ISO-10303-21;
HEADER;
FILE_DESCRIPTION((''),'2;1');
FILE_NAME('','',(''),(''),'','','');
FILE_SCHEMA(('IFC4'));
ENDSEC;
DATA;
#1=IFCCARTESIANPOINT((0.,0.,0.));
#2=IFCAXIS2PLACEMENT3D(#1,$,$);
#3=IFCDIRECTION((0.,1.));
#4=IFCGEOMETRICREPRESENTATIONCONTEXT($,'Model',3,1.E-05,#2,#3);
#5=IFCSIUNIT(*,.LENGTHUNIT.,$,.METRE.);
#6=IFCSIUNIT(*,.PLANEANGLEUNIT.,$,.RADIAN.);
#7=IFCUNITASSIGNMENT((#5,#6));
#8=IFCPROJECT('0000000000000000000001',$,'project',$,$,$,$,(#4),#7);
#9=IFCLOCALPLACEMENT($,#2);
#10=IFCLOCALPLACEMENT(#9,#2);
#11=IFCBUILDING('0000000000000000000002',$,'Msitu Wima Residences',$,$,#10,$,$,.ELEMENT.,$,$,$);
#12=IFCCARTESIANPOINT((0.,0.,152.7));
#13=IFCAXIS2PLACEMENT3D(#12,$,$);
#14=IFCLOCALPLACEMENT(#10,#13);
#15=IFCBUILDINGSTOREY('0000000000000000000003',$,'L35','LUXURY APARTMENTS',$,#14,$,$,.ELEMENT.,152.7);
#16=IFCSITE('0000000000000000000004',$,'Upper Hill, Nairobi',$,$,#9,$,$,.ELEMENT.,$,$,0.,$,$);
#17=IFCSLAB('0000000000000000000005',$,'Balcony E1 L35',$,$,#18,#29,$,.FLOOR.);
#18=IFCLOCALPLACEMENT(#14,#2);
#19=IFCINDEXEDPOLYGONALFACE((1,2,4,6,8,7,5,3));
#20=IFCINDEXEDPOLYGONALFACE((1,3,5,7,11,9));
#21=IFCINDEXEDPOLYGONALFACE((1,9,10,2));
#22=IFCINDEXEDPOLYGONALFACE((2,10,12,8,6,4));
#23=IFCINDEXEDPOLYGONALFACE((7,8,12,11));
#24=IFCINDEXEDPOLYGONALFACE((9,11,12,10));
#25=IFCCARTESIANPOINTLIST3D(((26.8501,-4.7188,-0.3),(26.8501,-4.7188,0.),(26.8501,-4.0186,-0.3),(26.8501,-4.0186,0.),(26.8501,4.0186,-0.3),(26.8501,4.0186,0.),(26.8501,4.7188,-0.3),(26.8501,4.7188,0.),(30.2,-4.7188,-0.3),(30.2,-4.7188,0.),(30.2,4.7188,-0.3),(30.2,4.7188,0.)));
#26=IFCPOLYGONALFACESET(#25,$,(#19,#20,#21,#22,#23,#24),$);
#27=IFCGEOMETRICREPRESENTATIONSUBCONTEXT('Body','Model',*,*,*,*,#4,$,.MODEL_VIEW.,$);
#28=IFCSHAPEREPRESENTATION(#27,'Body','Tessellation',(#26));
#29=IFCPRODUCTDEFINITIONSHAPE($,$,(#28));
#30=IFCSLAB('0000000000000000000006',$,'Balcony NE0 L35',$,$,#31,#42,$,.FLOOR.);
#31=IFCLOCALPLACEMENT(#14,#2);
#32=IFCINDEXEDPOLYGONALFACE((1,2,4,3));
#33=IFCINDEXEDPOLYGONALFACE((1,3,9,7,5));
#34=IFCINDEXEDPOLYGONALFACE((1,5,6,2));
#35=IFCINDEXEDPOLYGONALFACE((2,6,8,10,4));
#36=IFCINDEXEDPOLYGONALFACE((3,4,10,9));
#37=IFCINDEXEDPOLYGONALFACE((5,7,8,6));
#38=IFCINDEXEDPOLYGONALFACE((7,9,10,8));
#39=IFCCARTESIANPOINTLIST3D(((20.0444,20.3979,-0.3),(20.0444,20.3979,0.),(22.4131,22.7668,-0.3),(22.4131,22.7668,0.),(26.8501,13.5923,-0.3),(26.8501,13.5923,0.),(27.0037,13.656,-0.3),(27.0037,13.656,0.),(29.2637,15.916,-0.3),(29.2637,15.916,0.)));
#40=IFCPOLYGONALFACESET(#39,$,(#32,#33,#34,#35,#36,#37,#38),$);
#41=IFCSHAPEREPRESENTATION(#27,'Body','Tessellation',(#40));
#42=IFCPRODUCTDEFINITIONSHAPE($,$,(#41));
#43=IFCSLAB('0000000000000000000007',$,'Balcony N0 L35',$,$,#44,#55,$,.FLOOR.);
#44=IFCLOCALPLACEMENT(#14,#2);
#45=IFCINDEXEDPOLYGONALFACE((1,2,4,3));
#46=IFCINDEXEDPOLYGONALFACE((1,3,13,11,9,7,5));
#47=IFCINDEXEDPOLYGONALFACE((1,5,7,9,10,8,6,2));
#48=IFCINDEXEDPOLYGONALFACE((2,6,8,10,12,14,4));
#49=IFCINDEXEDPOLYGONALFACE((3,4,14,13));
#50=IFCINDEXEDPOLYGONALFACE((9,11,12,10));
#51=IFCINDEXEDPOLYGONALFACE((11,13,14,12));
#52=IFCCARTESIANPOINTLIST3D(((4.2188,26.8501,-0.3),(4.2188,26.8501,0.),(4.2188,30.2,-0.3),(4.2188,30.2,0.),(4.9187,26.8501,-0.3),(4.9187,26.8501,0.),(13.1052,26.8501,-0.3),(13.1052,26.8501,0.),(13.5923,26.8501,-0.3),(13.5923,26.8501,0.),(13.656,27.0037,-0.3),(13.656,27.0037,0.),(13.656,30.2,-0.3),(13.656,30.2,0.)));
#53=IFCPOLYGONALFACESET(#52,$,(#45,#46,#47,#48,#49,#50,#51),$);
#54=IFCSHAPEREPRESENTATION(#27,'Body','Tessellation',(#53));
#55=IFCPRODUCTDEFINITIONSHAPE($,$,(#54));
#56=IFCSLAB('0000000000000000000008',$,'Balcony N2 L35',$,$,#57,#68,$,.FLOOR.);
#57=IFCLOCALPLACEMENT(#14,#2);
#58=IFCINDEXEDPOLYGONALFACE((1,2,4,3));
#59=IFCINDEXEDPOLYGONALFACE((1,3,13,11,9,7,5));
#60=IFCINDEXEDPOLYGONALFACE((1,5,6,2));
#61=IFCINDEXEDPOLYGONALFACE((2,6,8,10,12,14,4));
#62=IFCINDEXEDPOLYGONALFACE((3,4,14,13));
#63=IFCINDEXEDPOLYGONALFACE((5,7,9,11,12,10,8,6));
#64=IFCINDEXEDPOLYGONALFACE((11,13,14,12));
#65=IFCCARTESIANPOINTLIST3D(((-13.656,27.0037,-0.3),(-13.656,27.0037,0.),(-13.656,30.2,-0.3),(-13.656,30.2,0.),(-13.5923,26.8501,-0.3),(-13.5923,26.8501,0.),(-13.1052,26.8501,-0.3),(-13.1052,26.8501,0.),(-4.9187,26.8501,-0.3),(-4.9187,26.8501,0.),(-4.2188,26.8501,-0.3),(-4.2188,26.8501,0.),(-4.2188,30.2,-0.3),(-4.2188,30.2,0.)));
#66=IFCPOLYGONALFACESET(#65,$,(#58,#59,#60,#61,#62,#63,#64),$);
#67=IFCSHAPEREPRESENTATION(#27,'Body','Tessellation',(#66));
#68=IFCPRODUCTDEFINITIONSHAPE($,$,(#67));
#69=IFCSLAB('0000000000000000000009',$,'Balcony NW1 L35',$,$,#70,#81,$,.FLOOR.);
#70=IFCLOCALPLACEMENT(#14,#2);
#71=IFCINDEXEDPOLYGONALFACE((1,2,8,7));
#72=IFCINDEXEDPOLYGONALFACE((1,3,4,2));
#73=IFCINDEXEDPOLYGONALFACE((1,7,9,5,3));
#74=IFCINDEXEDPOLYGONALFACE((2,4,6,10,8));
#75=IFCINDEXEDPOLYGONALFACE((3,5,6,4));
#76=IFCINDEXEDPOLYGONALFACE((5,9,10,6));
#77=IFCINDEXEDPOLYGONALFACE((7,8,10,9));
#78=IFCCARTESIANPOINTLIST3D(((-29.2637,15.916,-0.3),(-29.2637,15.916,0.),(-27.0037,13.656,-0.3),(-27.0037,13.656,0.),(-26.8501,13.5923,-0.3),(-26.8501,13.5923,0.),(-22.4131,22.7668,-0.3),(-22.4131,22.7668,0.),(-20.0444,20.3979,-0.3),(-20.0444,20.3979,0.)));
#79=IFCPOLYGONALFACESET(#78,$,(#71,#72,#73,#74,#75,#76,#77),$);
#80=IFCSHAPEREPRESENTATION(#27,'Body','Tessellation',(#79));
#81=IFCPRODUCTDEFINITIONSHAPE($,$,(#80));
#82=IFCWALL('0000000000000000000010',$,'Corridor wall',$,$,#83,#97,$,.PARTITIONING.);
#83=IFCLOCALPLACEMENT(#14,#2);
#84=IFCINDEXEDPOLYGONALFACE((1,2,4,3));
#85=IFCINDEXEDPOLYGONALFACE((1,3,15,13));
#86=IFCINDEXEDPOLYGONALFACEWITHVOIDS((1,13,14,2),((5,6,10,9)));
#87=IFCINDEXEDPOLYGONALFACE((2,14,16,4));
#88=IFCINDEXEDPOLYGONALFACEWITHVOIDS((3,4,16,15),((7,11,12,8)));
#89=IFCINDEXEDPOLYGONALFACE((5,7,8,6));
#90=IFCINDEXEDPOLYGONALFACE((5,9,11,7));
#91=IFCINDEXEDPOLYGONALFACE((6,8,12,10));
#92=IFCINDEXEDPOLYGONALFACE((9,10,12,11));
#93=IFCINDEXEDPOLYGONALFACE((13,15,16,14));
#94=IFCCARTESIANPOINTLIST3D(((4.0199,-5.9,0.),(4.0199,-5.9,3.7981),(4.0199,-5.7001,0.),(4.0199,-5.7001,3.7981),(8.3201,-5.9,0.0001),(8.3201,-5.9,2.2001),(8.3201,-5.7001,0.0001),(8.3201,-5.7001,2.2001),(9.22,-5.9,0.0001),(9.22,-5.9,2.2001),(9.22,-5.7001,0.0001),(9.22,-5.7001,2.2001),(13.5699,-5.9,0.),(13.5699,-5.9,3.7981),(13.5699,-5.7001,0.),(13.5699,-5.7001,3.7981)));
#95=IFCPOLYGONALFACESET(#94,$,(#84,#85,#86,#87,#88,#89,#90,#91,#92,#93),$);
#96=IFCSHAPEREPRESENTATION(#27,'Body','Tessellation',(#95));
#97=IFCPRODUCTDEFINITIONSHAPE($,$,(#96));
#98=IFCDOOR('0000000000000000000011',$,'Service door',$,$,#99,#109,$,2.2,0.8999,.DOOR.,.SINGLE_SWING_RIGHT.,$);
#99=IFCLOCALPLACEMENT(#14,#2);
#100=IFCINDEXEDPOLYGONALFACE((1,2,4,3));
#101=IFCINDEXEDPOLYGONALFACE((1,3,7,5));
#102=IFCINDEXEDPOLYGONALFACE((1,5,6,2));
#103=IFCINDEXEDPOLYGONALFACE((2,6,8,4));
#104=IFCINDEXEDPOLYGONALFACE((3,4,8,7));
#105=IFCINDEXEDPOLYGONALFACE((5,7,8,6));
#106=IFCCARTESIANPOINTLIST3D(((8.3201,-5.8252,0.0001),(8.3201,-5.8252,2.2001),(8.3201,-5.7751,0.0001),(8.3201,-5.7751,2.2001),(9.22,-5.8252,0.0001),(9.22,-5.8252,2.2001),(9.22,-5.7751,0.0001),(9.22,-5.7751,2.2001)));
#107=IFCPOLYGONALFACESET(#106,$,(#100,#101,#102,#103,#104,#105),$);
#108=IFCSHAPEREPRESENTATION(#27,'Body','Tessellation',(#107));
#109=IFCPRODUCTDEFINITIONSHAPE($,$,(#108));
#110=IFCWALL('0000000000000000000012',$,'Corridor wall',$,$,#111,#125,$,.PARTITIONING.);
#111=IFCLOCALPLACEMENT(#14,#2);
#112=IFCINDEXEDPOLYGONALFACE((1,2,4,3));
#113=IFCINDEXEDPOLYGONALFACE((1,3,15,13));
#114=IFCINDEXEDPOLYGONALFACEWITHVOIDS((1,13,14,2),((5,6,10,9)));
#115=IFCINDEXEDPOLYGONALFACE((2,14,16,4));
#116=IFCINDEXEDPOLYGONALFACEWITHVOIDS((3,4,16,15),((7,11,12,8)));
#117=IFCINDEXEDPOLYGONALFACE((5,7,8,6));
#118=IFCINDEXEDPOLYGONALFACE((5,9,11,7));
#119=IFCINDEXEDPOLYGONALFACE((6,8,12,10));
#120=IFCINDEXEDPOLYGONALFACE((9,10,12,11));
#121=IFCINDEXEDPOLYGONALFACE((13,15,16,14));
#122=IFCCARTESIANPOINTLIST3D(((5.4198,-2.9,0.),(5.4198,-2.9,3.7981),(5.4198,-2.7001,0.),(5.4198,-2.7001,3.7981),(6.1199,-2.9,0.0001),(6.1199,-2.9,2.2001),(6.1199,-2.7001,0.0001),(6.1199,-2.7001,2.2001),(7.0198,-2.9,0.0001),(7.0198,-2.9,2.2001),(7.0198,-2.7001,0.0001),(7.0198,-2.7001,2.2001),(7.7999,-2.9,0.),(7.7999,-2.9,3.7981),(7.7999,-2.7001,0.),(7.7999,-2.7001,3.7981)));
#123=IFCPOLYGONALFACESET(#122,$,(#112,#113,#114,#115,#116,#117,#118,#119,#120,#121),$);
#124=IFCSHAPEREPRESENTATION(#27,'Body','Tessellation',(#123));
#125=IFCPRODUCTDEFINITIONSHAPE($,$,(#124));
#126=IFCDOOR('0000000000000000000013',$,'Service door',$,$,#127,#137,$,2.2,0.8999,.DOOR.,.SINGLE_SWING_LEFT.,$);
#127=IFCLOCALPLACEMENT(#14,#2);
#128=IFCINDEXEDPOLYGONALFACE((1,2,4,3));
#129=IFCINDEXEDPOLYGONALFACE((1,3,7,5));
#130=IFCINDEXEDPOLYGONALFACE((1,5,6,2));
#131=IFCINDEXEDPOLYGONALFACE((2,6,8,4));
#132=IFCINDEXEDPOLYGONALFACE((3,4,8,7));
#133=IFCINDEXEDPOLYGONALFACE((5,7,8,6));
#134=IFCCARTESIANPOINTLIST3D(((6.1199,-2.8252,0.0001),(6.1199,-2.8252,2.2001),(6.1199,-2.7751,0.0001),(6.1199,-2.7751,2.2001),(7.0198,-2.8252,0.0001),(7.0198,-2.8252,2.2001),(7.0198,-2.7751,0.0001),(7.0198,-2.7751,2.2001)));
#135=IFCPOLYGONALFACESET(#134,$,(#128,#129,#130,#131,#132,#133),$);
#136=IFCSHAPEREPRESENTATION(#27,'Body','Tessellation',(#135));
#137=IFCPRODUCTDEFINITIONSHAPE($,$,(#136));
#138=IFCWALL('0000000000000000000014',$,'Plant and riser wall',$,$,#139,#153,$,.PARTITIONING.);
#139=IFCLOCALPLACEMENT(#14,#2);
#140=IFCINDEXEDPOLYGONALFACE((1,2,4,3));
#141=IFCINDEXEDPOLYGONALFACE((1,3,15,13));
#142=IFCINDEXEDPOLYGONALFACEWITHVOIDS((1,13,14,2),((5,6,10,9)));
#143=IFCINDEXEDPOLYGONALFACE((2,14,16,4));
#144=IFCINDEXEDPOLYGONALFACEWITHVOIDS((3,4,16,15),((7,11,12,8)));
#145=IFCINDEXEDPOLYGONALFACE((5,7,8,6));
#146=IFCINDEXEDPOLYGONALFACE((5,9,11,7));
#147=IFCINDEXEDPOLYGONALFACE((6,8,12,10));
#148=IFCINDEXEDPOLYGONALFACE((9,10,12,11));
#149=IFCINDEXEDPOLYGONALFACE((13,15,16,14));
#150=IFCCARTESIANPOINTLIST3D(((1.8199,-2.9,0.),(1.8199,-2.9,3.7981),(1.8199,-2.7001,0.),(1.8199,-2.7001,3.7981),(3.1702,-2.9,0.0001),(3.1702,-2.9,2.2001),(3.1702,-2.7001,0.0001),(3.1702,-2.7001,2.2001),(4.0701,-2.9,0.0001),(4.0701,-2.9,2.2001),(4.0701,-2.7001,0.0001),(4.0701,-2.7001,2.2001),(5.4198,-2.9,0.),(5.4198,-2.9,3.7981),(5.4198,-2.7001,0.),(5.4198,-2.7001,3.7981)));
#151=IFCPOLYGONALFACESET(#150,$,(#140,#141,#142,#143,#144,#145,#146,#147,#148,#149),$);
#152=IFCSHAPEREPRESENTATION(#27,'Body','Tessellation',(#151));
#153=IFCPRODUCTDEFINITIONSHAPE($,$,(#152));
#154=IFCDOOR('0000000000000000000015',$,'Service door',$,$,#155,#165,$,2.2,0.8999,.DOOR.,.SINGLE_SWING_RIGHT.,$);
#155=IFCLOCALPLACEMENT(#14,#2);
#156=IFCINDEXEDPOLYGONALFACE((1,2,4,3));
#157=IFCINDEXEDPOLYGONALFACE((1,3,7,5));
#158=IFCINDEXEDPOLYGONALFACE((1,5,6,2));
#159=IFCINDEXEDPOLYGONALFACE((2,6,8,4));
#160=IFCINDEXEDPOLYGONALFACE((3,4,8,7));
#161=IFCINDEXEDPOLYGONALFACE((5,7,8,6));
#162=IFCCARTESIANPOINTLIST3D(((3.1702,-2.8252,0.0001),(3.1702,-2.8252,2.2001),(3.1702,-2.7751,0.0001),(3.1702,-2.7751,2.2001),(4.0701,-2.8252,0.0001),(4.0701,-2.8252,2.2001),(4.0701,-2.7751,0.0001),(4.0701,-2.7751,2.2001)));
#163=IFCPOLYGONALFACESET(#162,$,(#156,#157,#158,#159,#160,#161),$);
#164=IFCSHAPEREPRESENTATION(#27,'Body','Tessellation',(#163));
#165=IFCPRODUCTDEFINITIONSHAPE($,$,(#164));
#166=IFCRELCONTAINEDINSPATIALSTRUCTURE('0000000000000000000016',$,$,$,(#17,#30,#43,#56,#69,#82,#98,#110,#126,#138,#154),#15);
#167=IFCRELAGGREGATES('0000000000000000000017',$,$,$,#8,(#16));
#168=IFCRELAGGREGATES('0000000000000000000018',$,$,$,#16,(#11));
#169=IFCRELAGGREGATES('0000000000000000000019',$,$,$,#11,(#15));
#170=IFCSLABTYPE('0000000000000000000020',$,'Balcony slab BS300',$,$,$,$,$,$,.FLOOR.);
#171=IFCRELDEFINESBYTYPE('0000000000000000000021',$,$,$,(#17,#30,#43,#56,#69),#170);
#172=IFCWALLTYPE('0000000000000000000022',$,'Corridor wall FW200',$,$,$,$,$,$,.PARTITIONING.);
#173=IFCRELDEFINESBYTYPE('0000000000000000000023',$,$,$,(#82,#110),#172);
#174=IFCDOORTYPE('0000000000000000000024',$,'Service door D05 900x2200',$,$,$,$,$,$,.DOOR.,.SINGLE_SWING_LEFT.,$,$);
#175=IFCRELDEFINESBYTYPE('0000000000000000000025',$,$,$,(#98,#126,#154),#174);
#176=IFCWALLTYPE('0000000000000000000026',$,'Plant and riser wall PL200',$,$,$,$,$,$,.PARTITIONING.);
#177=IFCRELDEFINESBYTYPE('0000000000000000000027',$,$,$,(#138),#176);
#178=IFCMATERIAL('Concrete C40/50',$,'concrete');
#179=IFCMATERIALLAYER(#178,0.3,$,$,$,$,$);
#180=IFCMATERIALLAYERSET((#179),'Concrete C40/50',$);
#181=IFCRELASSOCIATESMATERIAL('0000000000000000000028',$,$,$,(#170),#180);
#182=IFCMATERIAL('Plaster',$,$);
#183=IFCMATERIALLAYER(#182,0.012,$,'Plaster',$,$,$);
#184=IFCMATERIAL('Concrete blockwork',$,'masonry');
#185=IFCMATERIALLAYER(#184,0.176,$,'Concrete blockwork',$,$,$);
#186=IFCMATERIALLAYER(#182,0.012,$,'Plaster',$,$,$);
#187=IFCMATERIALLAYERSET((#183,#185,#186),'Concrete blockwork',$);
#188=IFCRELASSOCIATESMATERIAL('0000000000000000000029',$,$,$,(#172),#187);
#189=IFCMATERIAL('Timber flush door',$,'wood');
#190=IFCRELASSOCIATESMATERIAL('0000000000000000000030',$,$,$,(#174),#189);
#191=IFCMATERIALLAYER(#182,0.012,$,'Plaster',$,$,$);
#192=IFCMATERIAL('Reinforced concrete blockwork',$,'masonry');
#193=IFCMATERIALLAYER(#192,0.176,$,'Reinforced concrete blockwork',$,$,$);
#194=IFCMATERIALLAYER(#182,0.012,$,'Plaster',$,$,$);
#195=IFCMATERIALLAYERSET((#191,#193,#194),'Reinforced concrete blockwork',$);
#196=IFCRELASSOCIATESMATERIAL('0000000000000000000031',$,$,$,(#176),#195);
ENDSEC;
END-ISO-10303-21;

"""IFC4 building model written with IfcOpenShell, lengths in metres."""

from ifc_helpers import new_model, si_unit, direction, frame, frame_2d, origin, place, context, subcontext, project, spatial, polyline, rectangle, outline, extrude, material, layer, layer_set, type_object, element, fill, save


model = new_model("IFC4")

# Units and contexts
model_context = context("Model", 3, precision=1e-05, world=origin(), true_north=direction((0.0, 1.0)))
body_context = subcontext(model_context, "Body", "Model", "MODEL_VIEW")
ifc_project = project(units=[si_unit("LENGTHUNIT", "METRE"), si_unit("PLANEANGLEUNIT", "RADIAN")], contexts=[model_context])

# Site, building, storey
site_placement = place(None, origin())
site = spatial("IfcSite", under=ifc_project, at=site_placement, Name="Upper Hill, Nairobi", CompositionType="ELEMENT", RefElevation=0.0)
building_placement = place(site_placement, origin())
building = spatial("IfcBuilding", under=site, at=building_placement, Name="Msitu Wima Residences", CompositionType="ELEMENT")
storey_placement = place(building_placement, frame((0.0, 0.0, 152.7)))
storey = spatial("IfcBuildingStorey", under=building, at=storey_placement, Name="L35", Description="LUXURY APARTMENTS", CompositionType="ELEMENT", Elevation=152.7)

# Slabs
ifc_material_1 = material(Name="Concrete C40/50", Category="concrete")
ifc_layer_1 = layer(ifc_material_1, 0.3)
ifc_layer_set_1 = layer_set([ifc_layer_1], Name="Concrete C40/50")
slab_type = type_object("IfcSlabType", Name="Balcony slab BS300", PredefinedType="FLOOR", material=ifc_layer_set_1)
slab_1_placement = place(storey_placement, frame((0.0, 0.0, -0.3)))
element("IfcSlab", 1, at=slab_1_placement, inside=storey, type_object=slab_type, Name="Balcony E1 L35", PredefinedType="FLOOR", context=body_context, shape_type="SweptSolid", body=[
    extrude(outline(polyline([(26.8501, 4.0186), (26.8501, 4.0186), (26.8501, 4.7188), (30.2, 4.7188), (30.2, -4.7188), (26.8501, -4.7188), (26.8501, -4.0186), (26.8501, -4.0186), (26.8501, 4.0186)])), origin(), (0.0, 0.0, 1.0), 0.3),
])
slab_2_placement = place(storey_placement, frame((0.0, 0.0, -0.3)))
element("IfcSlab", 2, at=slab_2_placement, inside=storey, type_object=slab_type, Name="Balcony NE0 L35", PredefinedType="FLOOR", context=body_context, shape_type="SweptSolid", body=[
    extrude(outline(polyline([(22.4131, 22.7668), (29.2637, 15.916), (27.0037, 13.656), (26.8501, 13.5923), (20.0444, 20.3979), (22.4131, 22.7668)])), origin(), (0.0, 0.0, 1.0), 0.3),
])
slab_3_placement = place(storey_placement, frame((0.0, 0.0, -0.3)))
element("IfcSlab", 3, at=slab_3_placement, inside=storey, type_object=slab_type, Name="Balcony N0 L35", PredefinedType="FLOOR", context=body_context, shape_type="SweptSolid", body=[
    extrude(outline(polyline([(13.1052, 26.8501), (13.1052, 26.8501), (4.9187, 26.8501), (4.9187, 26.8501), (4.2188, 26.8501), (4.2188, 30.2), (13.656, 30.2), (13.656, 27.0037), (13.5923, 26.8501), (13.1052, 26.8501), (13.1052, 26.8501)])), origin(), (0.0, 0.0, 1.0), 0.3),
])
slab_4_placement = place(storey_placement, frame((0.0, 0.0, -0.3)))
element("IfcSlab", 4, at=slab_4_placement, inside=storey, type_object=slab_type, Name="Balcony N2 L35", PredefinedType="FLOOR", context=body_context, shape_type="SweptSolid", body=[
    extrude(outline(polyline([(-13.1052, 26.8501), (-13.1052, 26.8501), (-13.5923, 26.8501), (-13.656, 27.0037), (-13.656, 30.2), (-4.2188, 30.2), (-4.2188, 26.8501), (-4.9187, 26.8501), (-4.9187, 26.8501), (-13.1052, 26.8501), (-13.1052, 26.8501)])), origin(), (0.0, 0.0, 1.0), 0.3),
])
slab_5_placement = place(storey_placement, frame((0.0, 0.0, -0.3)))
element("IfcSlab", 5, at=slab_5_placement, inside=storey, type_object=slab_type, Name="Balcony NW1 L35", PredefinedType="FLOOR", context=body_context, shape_type="SweptSolid", body=[
    extrude(outline(polyline([(-29.2637, 15.916), (-22.4131, 22.7668), (-20.0444, 20.3979), (-26.8501, 13.5923), (-27.0037, 13.656), (-29.2637, 15.916)])), origin(), (0.0, 0.0, 1.0), 0.3),
])

# Walls, openings, doors
ifc_material_2 = material(Name="Plaster")
ifc_layer_2 = layer(ifc_material_2, 0.012, Name="Plaster")
ifc_material_3 = material(Name="Concrete blockwork", Category="masonry")
ifc_layer_3 = layer(ifc_material_3, 0.176, Name="Concrete blockwork")
ifc_layer_4 = layer(ifc_material_2, 0.012, Name="Plaster")
ifc_layer_set_2 = layer_set([ifc_layer_2, ifc_layer_3, ifc_layer_4], Name="Concrete blockwork")
wall_type_1 = type_object("IfcWallType", Name="Corridor wall FW200", PredefinedType="PARTITIONING", material=ifc_layer_set_2)
wall_1_placement = place(storey_placement, frame((4.02, -5.8, 0.0), z_axis=(0.0, 0.0, 1.0), x_axis=(1.0, 0.0, 0.0)))
wall_1 = element("IfcWall", 6, at=wall_1_placement, inside=storey, type_object=wall_type_1, Name="Corridor wall", PredefinedType="PARTITIONING", context=body_context, shape_type="SweptSolid", body=[
    extrude(rectangle(XDim=9.55, YDim=0.2, at=frame_2d((4.7749, 0.0))), origin(), (0.0, 0.0, 1.0), 3.7981),
])
opening_1_placement = place(wall_1_placement, frame((4.3, 0.0, 0.0)))
opening_1 = element("IfcOpeningElement", 7, at=opening_1_placement, cuts=wall_1, PredefinedType="OPENING", context=body_context, shape_type="SweptSolid", body=[
    extrude(rectangle(XDim=0.8999, YDim=2.2, at=frame_2d((0.45, 1.1001))), frame((0.0, 0.1099, 0.0), z_axis=(0.0, -1.0, 0.0), x_axis=(1.0, 0.0, 0.0)), (0.0, 0.0, 1.0), 0.22),
])
ifc_material_4 = material(Name="Timber flush door", Category="wood")
door_type = type_object("IfcDoorType", Name="Service door D05 900x2200", OperationType="SINGLE_SWING_LEFT", PredefinedType="DOOR", material=ifc_material_4)
door_1_placement = place(opening_1_placement, origin())
door_1 = element("IfcDoor", 8, at=door_1_placement, inside=storey, type_object=door_type, Name="Service door", OperationType="SINGLE_SWING_RIGHT", OverallHeight=2.2, OverallWidth=0.8999, PredefinedType="DOOR", context=body_context, shape_type="SweptSolid", body=[
    extrude(rectangle(XDim=0.8999, YDim=2.2, at=frame_2d((0.45, 1.1001))), frame((0.0, 0.0249, 0.0), z_axis=(0.0, -1.0, 0.0), x_axis=(1.0, 0.0, 0.0)), (0.0, 0.0, 1.0), 0.05),
])
fill(opening_1, door_1)
wall_2_placement = place(storey_placement, frame((5.4199, -2.8, 0.0), z_axis=(0.0, 0.0, 1.0), x_axis=(1.0, 0.0, 0.0)))
wall_2 = element("IfcWall", 9, at=wall_2_placement, inside=storey, type_object=wall_type_1, Name="Corridor wall", PredefinedType="PARTITIONING", context=body_context, shape_type="SweptSolid", body=[
    extrude(rectangle(XDim=2.3801, YDim=0.2, at=frame_2d((1.1899, 0.0))), origin(), (0.0, 0.0, 1.0), 3.7981),
])
opening_2_placement = place(wall_2_placement, frame((0.7, 0.0, 0.0)))
opening_2 = element("IfcOpeningElement", 10, at=opening_2_placement, cuts=wall_2, PredefinedType="OPENING", context=body_context, shape_type="SweptSolid", body=[
    extrude(rectangle(XDim=0.8999, YDim=2.2, at=frame_2d((0.45, 1.1001))), frame((0.0, 0.1099, 0.0), z_axis=(0.0, -1.0, 0.0), x_axis=(1.0, 0.0, 0.0)), (0.0, 0.0, 1.0), 0.22),
])
door_2_placement = place(opening_2_placement, origin())
door_2 = element("IfcDoor", 11, at=door_2_placement, inside=storey, type_object=door_type, Name="Service door", OperationType="SINGLE_SWING_LEFT", OverallHeight=2.2, OverallWidth=0.8999, PredefinedType="DOOR", context=body_context, shape_type="SweptSolid", body=[
    extrude(rectangle(XDim=0.8999, YDim=2.2, at=frame_2d((0.45, 1.1001))), frame((0.0, 0.0249, 0.0), z_axis=(0.0, -1.0, 0.0), x_axis=(1.0, 0.0, 0.0)), (0.0, 0.0, 1.0), 0.05),
])
fill(opening_2, door_2)
ifc_layer_5 = layer(ifc_material_2, 0.012, Name="Plaster")
ifc_material_5 = material(Name="Reinforced concrete blockwork", Category="masonry")
ifc_layer_6 = layer(ifc_material_5, 0.176, Name="Reinforced concrete blockwork")
ifc_layer_7 = layer(ifc_material_2, 0.012, Name="Plaster")
ifc_layer_set_3 = layer_set([ifc_layer_5, ifc_layer_6, ifc_layer_7], Name="Reinforced concrete blockwork")
wall_type_2 = type_object("IfcWallType", Name="Plant and riser wall PL200", PredefinedType="PARTITIONING", material=ifc_layer_set_3)
wall_3_placement = place(storey_placement, frame((1.8201, -2.8, 0.0), z_axis=(0.0, 0.0, 1.0), x_axis=(1.0, 0.0, 0.0)))
wall_3 = element("IfcWall", 12, at=wall_3_placement, inside=storey, type_object=wall_type_2, Name="Plant and riser wall", PredefinedType="PARTITIONING", context=body_context, shape_type="SweptSolid", body=[
    extrude(rectangle(XDim=3.5999, YDim=0.2, at=frame_2d((1.7998, 0.0))), origin(), (0.0, 0.0, 1.0), 3.7981),
])
opening_3_placement = place(wall_3_placement, frame((1.3501, 0.0, 0.0)))
opening_3 = element("IfcOpeningElement", 13, at=opening_3_placement, cuts=wall_3, PredefinedType="OPENING", context=body_context, shape_type="SweptSolid", body=[
    extrude(rectangle(XDim=0.8999, YDim=2.2, at=frame_2d((0.45, 1.1001))), frame((0.0, 0.1099, 0.0), z_axis=(0.0, -1.0, 0.0), x_axis=(1.0, 0.0, 0.0)), (0.0, 0.0, 1.0), 0.22),
])
door_3_placement = place(opening_3_placement, origin())
door_3 = element("IfcDoor", 14, at=door_3_placement, inside=storey, type_object=door_type, Name="Service door", OperationType="SINGLE_SWING_RIGHT", OverallHeight=2.2, OverallWidth=0.8999, PredefinedType="DOOR", context=body_context, shape_type="SweptSolid", body=[
    extrude(rectangle(XDim=0.8999, YDim=2.2, at=frame_2d((0.45, 1.1001))), frame((0.0, 0.0249, 0.0), z_axis=(0.0, -1.0, 0.0), x_axis=(1.0, 0.0, 0.0)), (0.0, 0.0, 1.0), 0.05),
])
fill(opening_3, door_3)

save(model, "model.ifc")
